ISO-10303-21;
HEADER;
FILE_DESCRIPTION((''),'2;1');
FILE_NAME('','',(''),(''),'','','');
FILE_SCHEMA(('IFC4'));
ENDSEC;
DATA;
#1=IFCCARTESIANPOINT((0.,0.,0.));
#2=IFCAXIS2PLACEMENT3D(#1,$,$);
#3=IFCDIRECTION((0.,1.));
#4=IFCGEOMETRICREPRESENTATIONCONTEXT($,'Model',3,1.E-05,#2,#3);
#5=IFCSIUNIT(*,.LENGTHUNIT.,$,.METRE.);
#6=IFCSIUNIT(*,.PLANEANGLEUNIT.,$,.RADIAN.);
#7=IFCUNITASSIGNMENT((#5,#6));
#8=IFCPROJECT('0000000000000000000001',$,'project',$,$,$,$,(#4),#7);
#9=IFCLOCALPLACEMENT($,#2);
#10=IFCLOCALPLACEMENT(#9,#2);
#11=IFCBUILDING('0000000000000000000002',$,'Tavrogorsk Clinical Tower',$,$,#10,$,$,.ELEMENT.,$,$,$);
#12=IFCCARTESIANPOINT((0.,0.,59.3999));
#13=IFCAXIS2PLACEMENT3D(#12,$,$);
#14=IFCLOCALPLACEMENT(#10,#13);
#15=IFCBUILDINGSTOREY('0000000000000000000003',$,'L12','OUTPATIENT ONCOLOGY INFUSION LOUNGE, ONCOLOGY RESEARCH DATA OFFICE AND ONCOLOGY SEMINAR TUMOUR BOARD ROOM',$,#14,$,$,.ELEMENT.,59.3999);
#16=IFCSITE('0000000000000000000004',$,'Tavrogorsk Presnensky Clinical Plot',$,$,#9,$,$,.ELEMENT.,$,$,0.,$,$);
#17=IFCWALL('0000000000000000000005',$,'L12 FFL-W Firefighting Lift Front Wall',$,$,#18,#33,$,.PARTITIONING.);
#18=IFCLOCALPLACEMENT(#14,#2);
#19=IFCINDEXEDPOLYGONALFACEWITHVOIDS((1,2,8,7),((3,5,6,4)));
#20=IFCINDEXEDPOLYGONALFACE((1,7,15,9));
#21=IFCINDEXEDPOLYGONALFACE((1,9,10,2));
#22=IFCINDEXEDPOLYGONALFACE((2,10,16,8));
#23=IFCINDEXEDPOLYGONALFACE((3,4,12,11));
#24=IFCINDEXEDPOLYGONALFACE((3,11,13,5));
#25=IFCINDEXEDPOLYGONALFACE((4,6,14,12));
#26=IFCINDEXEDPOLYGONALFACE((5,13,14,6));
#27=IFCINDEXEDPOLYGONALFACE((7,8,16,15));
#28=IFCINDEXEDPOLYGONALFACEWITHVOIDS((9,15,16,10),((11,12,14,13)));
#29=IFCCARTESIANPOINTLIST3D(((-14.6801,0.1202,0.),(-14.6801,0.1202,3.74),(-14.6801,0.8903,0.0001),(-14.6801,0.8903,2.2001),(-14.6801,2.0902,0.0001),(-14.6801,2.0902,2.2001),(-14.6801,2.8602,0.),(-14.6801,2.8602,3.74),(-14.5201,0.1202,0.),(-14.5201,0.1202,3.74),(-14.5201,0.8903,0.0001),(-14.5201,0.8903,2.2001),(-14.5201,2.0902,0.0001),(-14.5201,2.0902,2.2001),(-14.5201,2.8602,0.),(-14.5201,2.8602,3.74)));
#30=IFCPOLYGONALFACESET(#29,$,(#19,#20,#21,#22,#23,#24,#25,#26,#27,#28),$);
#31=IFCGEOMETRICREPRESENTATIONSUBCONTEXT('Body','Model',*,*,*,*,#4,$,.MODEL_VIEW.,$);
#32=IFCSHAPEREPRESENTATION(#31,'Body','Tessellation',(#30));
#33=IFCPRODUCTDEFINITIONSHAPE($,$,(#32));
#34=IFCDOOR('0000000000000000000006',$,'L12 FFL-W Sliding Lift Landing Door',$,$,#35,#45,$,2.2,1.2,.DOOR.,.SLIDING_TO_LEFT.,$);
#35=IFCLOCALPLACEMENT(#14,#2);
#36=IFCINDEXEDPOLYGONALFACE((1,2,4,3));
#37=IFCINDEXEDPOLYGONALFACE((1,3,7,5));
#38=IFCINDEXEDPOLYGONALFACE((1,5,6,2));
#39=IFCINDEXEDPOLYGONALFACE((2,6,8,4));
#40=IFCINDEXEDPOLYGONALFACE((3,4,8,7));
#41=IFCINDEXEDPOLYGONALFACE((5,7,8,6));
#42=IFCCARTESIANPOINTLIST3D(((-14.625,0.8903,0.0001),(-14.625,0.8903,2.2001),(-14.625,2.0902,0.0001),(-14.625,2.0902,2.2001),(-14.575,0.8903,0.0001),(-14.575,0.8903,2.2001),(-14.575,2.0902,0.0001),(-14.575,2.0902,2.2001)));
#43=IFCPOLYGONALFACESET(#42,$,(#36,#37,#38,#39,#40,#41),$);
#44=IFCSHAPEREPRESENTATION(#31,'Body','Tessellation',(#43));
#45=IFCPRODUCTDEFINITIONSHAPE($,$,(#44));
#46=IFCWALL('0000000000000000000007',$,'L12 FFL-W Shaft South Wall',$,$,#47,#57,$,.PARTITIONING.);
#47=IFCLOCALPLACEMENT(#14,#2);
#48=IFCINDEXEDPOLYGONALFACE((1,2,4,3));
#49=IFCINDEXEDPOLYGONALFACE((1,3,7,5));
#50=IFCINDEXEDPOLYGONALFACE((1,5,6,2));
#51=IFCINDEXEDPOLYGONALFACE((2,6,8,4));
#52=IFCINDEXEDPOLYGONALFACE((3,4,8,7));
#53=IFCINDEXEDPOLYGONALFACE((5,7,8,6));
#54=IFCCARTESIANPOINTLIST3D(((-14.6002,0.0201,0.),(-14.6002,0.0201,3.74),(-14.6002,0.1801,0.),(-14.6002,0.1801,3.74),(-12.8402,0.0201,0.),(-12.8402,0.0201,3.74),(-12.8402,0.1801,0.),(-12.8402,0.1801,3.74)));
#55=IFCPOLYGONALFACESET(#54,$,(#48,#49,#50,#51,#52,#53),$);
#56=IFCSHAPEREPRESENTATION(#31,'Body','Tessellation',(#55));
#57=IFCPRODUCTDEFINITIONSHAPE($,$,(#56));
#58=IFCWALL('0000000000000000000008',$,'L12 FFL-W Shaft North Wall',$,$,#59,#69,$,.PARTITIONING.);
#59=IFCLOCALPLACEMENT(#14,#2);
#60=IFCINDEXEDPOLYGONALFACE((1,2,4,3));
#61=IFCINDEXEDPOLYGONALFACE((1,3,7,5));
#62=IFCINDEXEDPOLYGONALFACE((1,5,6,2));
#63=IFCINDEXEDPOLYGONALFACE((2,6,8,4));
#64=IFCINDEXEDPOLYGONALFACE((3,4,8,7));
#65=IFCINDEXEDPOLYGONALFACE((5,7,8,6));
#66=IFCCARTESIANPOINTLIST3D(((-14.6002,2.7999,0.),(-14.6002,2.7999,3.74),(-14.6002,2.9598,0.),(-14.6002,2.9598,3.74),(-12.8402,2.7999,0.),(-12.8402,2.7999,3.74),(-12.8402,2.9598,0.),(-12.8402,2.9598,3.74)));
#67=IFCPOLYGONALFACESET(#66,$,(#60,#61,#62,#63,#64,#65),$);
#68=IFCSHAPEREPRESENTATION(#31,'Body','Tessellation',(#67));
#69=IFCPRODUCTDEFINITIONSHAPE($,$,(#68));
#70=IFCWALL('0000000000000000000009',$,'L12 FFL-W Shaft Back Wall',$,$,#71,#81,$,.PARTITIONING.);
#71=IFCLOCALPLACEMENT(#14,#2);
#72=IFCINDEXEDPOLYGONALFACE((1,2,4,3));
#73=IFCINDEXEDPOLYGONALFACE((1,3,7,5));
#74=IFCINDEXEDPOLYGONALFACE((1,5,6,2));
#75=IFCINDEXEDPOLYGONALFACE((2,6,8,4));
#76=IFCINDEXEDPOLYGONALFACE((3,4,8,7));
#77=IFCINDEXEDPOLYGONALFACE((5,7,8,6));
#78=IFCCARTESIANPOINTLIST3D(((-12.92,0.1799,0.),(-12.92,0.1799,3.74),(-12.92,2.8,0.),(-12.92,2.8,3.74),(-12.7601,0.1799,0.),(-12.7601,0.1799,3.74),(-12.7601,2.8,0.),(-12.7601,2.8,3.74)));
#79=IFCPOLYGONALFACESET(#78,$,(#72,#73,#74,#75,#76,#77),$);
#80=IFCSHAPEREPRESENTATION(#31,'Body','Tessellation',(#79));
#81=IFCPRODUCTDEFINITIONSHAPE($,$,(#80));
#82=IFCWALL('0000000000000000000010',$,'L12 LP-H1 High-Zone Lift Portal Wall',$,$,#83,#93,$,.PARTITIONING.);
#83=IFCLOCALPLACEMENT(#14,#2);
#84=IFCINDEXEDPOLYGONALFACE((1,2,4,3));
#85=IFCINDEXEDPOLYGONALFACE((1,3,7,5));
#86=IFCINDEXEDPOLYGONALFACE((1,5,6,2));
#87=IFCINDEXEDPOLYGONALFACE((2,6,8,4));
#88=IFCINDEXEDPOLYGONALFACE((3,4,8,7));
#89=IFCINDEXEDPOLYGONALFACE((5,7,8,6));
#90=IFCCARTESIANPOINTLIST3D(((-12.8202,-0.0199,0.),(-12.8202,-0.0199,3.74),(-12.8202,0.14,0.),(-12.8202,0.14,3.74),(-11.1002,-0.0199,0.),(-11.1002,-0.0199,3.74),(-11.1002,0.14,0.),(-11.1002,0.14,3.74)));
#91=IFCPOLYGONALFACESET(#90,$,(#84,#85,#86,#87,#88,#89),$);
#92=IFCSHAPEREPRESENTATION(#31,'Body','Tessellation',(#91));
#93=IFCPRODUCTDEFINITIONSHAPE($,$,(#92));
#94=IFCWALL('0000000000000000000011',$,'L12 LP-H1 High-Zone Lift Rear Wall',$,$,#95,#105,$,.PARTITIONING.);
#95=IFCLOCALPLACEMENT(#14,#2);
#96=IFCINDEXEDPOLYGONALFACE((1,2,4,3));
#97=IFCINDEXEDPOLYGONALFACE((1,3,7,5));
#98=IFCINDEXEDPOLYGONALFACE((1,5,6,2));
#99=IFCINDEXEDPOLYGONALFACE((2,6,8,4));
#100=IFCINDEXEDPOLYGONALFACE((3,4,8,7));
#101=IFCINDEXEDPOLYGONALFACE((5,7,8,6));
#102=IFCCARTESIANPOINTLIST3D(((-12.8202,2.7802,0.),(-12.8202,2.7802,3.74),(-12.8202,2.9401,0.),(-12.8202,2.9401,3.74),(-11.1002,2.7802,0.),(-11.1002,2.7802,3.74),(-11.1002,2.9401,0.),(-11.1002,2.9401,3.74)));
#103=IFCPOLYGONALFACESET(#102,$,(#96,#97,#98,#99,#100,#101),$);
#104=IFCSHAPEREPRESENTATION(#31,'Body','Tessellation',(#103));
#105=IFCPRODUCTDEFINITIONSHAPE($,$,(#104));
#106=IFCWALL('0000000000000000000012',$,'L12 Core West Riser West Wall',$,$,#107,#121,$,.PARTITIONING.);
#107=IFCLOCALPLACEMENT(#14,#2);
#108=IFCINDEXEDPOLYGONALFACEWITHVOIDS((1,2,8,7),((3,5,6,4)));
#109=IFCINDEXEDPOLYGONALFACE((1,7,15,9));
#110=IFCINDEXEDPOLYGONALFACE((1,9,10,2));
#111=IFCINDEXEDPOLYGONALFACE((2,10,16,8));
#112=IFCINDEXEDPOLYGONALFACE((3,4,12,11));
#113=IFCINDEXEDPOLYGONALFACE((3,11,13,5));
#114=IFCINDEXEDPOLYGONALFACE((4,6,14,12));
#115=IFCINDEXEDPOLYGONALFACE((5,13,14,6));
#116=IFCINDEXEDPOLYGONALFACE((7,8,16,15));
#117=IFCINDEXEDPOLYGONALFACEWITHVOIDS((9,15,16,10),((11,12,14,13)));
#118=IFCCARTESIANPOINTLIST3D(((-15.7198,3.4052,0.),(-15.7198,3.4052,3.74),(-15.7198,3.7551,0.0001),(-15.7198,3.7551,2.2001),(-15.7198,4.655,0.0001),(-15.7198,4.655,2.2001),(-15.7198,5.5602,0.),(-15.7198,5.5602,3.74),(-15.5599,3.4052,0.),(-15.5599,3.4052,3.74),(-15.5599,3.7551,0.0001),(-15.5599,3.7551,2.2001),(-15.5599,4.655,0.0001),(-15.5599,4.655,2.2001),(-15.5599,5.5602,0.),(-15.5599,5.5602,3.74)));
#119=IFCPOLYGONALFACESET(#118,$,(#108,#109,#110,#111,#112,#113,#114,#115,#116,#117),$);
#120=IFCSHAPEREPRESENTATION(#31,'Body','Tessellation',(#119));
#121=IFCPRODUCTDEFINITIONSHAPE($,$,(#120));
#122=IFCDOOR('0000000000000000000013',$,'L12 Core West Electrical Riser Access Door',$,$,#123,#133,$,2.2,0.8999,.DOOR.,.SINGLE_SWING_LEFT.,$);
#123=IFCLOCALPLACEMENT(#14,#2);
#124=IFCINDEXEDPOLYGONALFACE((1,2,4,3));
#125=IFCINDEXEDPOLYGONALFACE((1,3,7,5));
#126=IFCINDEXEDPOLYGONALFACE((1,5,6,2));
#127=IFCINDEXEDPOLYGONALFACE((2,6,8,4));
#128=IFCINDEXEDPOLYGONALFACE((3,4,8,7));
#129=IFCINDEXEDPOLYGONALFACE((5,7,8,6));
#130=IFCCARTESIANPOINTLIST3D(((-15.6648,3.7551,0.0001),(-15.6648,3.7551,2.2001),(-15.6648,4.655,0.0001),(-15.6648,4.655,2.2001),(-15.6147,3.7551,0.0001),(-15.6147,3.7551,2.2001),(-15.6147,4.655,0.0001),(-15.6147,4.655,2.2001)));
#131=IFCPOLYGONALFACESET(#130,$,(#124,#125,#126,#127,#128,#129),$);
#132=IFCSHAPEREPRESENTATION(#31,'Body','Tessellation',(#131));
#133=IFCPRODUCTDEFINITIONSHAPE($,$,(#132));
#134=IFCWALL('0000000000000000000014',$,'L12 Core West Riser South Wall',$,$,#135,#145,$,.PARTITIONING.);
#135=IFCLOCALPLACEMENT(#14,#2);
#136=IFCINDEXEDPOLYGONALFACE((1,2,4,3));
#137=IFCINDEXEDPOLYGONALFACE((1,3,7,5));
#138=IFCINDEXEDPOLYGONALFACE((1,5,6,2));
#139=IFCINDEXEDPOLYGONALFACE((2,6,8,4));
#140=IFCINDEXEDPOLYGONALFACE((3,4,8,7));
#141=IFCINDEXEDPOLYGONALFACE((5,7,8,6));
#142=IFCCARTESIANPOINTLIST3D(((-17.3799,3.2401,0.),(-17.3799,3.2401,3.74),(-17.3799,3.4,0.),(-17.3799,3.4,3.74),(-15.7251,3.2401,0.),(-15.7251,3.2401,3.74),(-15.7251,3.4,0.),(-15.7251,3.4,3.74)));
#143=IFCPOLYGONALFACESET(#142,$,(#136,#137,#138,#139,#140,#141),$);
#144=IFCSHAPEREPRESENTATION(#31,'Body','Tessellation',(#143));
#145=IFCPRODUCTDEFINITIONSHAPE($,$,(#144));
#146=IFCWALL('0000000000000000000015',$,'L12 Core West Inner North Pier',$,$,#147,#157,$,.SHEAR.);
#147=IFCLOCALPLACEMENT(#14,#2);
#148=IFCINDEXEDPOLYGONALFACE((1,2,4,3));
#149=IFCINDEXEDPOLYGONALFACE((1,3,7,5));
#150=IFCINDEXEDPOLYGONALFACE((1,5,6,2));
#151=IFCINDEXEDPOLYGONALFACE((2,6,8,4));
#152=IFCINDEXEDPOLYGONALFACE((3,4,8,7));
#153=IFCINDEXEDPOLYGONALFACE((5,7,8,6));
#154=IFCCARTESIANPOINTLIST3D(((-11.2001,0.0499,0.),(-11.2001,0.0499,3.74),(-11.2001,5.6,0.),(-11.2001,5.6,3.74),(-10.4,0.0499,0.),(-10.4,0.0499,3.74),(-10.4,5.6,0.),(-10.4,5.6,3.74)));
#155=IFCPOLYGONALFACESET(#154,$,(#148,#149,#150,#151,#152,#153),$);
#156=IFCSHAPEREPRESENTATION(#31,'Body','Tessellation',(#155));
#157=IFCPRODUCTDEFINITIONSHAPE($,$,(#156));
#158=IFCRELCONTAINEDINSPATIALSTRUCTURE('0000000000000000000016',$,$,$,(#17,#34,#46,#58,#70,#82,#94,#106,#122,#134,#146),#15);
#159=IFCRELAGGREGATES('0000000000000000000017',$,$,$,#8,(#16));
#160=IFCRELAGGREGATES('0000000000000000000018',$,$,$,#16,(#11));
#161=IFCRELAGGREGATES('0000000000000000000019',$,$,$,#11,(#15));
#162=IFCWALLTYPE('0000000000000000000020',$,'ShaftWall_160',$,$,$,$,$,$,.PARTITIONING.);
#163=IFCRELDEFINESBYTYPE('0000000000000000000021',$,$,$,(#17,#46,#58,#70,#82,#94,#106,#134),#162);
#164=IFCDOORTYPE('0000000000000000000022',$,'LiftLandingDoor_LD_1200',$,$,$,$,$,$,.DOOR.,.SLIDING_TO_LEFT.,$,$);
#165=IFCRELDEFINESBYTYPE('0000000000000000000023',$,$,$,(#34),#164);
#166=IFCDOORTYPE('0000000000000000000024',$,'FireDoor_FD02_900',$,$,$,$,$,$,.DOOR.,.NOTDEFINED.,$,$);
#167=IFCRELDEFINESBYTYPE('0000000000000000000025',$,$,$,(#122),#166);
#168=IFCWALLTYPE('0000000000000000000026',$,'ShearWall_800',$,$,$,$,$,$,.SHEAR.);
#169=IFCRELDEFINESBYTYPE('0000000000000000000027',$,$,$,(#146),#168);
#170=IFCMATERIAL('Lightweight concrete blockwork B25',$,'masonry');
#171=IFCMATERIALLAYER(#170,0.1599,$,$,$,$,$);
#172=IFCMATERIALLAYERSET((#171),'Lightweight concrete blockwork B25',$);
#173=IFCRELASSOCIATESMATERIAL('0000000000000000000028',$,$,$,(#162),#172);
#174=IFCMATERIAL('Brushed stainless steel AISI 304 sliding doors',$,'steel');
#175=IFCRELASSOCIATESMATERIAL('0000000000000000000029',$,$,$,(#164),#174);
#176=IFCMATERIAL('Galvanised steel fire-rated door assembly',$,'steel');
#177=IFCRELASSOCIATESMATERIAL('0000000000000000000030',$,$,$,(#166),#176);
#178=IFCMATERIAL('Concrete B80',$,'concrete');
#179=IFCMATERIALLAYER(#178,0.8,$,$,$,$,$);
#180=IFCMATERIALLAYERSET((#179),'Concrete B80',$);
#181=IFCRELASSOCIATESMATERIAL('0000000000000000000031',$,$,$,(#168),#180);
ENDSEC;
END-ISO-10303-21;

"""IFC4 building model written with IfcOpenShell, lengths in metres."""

from ifc_helpers import new_model, si_unit, direction, frame, frame_2d, origin, place, context, subcontext, project, spatial, rectangle, extrude, material, layer, layer_set, type_object, element, fill, save


model = new_model("IFC4")

# Units and contexts
model_context = context("Model", 3, precision=1e-05, world=origin(), true_north=direction((0.0, 1.0)))
body_context = subcontext(model_context, "Body", "Model", "MODEL_VIEW")
ifc_project = project(units=[si_unit("LENGTHUNIT", "METRE"), si_unit("PLANEANGLEUNIT", "RADIAN")], contexts=[model_context])

# Site, building, storey
site_placement = place(None, origin())
site = spatial("IfcSite", under=ifc_project, at=site_placement, Name="Tavrogorsk Presnensky Clinical Plot", CompositionType="ELEMENT", RefElevation=0.0)
building_placement = place(site_placement, origin())
building = spatial("IfcBuilding", under=site, at=building_placement, Name="Tavrogorsk Clinical Tower", CompositionType="ELEMENT")
storey_placement = place(building_placement, frame((0.0, 0.0, 59.3999)))
storey = spatial("IfcBuildingStorey", under=building, at=storey_placement, Name="L12", Description="OUTPATIENT ONCOLOGY INFUSION LOUNGE, ONCOLOGY RESEARCH DATA OFFICE AND ONCOLOGY SEMINAR TUMOUR BOARD ROOM", CompositionType="ELEMENT", Elevation=59.3999)

# Wall, opening, door
ifc_material_1 = material(Name="Lightweight concrete blockwork B25", Category="masonry")
ifc_layer_1 = layer(ifc_material_1, 0.1599)
ifc_layer_set_1 = layer_set([ifc_layer_1], Name="Lightweight concrete blockwork B25")
wall_type_1 = type_object("IfcWallType", Name="ShaftWall_160", PredefinedType="PARTITIONING", material=ifc_layer_set_1)
wall_1_placement = place(storey_placement, frame((-14.6001, 0.1201, 0.0), z_axis=(0.0, 0.0, 1.0), x_axis=(0.0, 1.0, 0.0)))
wall_1 = element("IfcWall", 1, at=wall_1_placement, inside=storey, type_object=wall_type_1, Name="L12 FFL-W Firefighting Lift Front Wall", PredefinedType="PARTITIONING", context=body_context, shape_type="SweptSolid", body=[
    extrude(rectangle(XDim=2.74, YDim=0.1599, at=frame_2d((1.3701, 0.0))), origin(), (0.0, 0.0, 1.0), 3.74),
])
opening_1_placement = place(wall_1_placement, frame((0.77, 0.0, 0.0)))
opening_1 = element("IfcOpeningElement", 2, at=opening_1_placement, cuts=wall_1, PredefinedType="OPENING", context=body_context, shape_type="SweptSolid", body=[
    extrude(rectangle(XDim=1.2, YDim=2.2, at=frame_2d((0.6001, 1.1001))), frame((0.0, 0.0898, 0.0), z_axis=(0.0, -1.0, 0.0), x_axis=(1.0, 0.0, 0.0)), (0.0, 0.0, 1.0), 0.1799),
])
ifc_material_2 = material(Name="Brushed stainless steel AISI 304 sliding doors", Category="steel")
door_type_1 = type_object("IfcDoorType", Name="LiftLandingDoor_LD_1200", OperationType="SLIDING_TO_LEFT", PredefinedType="DOOR", material=ifc_material_2)
door_1_placement = place(opening_1_placement, origin())
door_1 = element("IfcDoor", 3, at=door_1_placement, inside=storey, type_object=door_type_1, Name="L12 FFL-W Sliding Lift Landing Door", OperationType="SLIDING_TO_LEFT", OverallHeight=2.2, OverallWidth=1.2, PredefinedType="DOOR", context=body_context, shape_type="SweptSolid", body=[
    extrude(rectangle(XDim=1.2, YDim=2.2, at=frame_2d((0.6001, 1.1001))), frame((0.0, 0.0249, 0.0), z_axis=(0.0, -1.0, 0.0), x_axis=(1.0, 0.0, 0.0)), (0.0, 0.0, 1.0), 0.05),
])
fill(opening_1, door_1)

# Walls
for number, where, z_axis, x_axis, name in (
    (4, (-14.6001, 0.1001, 0.0), (0.0, 0.0, 1.0), (1.0, 0.0, 0.0), "L12 FFL-W Shaft South Wall"),
    (5, (-14.6001, 2.8799, 0.0), (0.0, 0.0, 1.0), (1.0, 0.0, 0.0), "L12 FFL-W Shaft North Wall"),
):
    element("IfcWall", number, at=place(storey_placement, frame(where, z_axis=z_axis, x_axis=x_axis)), inside=storey, type_object=wall_type_1, Name=name, PredefinedType="PARTITIONING", context=body_context, shape_type="SweptSolid", body=[
        extrude(rectangle(XDim=1.76, YDim=0.1599, at=frame_2d((0.8799, 0.0))), origin(), (0.0, 0.0, 1.0), 3.74),
    ])
wall_2_placement = place(storey_placement, frame((-12.8401, 0.1799, 0.0), z_axis=(0.0, 0.0, 1.0), x_axis=(0.0, 1.0, 0.0)))
element("IfcWall", 6, at=wall_2_placement, inside=storey, type_object=wall_type_1, Name="L12 FFL-W Shaft Back Wall", PredefinedType="PARTITIONING", context=body_context, shape_type="SweptSolid", body=[
    extrude(rectangle(XDim=2.6201, YDim=0.1599, at=frame_2d((1.3101, 0.0))), origin(), (0.0, 0.0, 1.0), 3.74),
])
for number, where, z_axis, x_axis, name in (
    (7, (-12.8201, 0.0601, 0.0), (0.0, 0.0, 1.0), (1.0, 0.0, 0.0), "L12 LP-H1 High-Zone Lift Portal Wall"),
    (8, (-12.8201, 2.8601, 0.0), (0.0, 0.0, 1.0), (1.0, 0.0, 0.0), "L12 LP-H1 High-Zone Lift Rear Wall"),
):
    element("IfcWall", number, at=place(storey_placement, frame(where, z_axis=z_axis, x_axis=x_axis)), inside=storey, type_object=wall_type_1, Name=name, PredefinedType="PARTITIONING", context=body_context, shape_type="SweptSolid", body=[
        extrude(rectangle(XDim=1.72, YDim=0.1599, at=frame_2d((0.8599, 0.0))), origin(), (0.0, 0.0, 1.0), 3.74),
    ])

# Wall, opening, door
wall_3_placement = place(storey_placement, frame((-15.6399, 3.405, 0.0), z_axis=(0.0, 0.0, 1.0), x_axis=(0.0, 1.0, 0.0)))
wall_3 = element("IfcWall", 9, at=wall_3_placement, inside=storey, type_object=wall_type_1, Name="L12 Core West Riser West Wall", PredefinedType="PARTITIONING", context=body_context, shape_type="SweptSolid", body=[
    extrude(rectangle(XDim=2.155, YDim=0.1599, at=frame_2d((1.0776, 0.0))), origin(), (0.0, 0.0, 1.0), 3.74),
])
opening_2_placement = place(wall_3_placement, frame((0.3501, 0.0, 0.0)))
opening_2 = element("IfcOpeningElement", 10, at=opening_2_placement, cuts=wall_3, PredefinedType="OPENING", context=body_context, shape_type="SweptSolid", body=[
    extrude(rectangle(XDim=0.8999, YDim=2.2, at=frame_2d((0.45, 1.1001))), frame((0.0, 0.0898, 0.0), z_axis=(0.0, -1.0, 0.0), x_axis=(1.0, 0.0, 0.0)), (0.0, 0.0, 1.0), 0.1799),
])
ifc_material_3 = material(Name="Galvanised steel fire-rated door assembly", Category="steel")
door_type_2 = type_object("IfcDoorType", Name="FireDoor_FD02_900", OperationType="NOTDEFINED", PredefinedType="DOOR", material=ifc_material_3)
door_2_placement = place(opening_2_placement, origin())
door_2 = element("IfcDoor", 11, at=door_2_placement, inside=storey, type_object=door_type_2, Name="L12 Core West Electrical Riser Access Door", OperationType="SINGLE_SWING_LEFT", OverallHeight=2.2, OverallWidth=0.8999, PredefinedType="DOOR", context=body_context, shape_type="SweptSolid", body=[
    extrude(rectangle(XDim=0.8999, YDim=2.2, at=frame_2d((0.45, 1.1001))), frame((0.0, 0.0249, 0.0), z_axis=(0.0, -1.0, 0.0), x_axis=(1.0, 0.0, 0.0)), (0.0, 0.0, 1.0), 0.05),
])
fill(opening_2, door_2)

# Walls
wall_4_placement = place(storey_placement, frame((-17.3799, 3.3201, 0.0), z_axis=(0.0, 0.0, 1.0), x_axis=(1.0, 0.0, 0.0)))
element("IfcWall", 12, at=wall_4_placement, inside=storey, type_object=wall_type_1, Name="L12 Core West Riser South Wall", PredefinedType="PARTITIONING", context=body_context, shape_type="SweptSolid", body=[
    extrude(rectangle(XDim=1.6548, YDim=0.1599, at=frame_2d((0.8274, 0.0))), origin(), (0.0, 0.0, 1.0), 3.74),
])
ifc_material_4 = material(Name="Concrete B80", Category="concrete")
ifc_layer_2 = layer(ifc_material_4, 0.8)
ifc_layer_set_2 = layer_set([ifc_layer_2], Name="Concrete B80")
wall_type_2 = type_object("IfcWallType", Name="ShearWall_800", PredefinedType="SHEAR", material=ifc_layer_set_2)
wall_5_placement = place(storey_placement, frame((-10.8, 0.05, 0.0), z_axis=(0.0, 0.0, 1.0), x_axis=(0.0, 1.0, 0.0)))
element("IfcWall", 13, at=wall_5_placement, inside=storey, type_object=wall_type_2, Name="L12 Core West Inner North Pier", PredefinedType="SHEAR", context=body_context, shape_type="SweptSolid", body=[
    extrude(rectangle(XDim=5.55, YDim=0.8, at=frame_2d((2.7749, 0.0))), origin(), (0.0, 0.0, 1.0), 3.74),
])

save(model, "model.ifc")
